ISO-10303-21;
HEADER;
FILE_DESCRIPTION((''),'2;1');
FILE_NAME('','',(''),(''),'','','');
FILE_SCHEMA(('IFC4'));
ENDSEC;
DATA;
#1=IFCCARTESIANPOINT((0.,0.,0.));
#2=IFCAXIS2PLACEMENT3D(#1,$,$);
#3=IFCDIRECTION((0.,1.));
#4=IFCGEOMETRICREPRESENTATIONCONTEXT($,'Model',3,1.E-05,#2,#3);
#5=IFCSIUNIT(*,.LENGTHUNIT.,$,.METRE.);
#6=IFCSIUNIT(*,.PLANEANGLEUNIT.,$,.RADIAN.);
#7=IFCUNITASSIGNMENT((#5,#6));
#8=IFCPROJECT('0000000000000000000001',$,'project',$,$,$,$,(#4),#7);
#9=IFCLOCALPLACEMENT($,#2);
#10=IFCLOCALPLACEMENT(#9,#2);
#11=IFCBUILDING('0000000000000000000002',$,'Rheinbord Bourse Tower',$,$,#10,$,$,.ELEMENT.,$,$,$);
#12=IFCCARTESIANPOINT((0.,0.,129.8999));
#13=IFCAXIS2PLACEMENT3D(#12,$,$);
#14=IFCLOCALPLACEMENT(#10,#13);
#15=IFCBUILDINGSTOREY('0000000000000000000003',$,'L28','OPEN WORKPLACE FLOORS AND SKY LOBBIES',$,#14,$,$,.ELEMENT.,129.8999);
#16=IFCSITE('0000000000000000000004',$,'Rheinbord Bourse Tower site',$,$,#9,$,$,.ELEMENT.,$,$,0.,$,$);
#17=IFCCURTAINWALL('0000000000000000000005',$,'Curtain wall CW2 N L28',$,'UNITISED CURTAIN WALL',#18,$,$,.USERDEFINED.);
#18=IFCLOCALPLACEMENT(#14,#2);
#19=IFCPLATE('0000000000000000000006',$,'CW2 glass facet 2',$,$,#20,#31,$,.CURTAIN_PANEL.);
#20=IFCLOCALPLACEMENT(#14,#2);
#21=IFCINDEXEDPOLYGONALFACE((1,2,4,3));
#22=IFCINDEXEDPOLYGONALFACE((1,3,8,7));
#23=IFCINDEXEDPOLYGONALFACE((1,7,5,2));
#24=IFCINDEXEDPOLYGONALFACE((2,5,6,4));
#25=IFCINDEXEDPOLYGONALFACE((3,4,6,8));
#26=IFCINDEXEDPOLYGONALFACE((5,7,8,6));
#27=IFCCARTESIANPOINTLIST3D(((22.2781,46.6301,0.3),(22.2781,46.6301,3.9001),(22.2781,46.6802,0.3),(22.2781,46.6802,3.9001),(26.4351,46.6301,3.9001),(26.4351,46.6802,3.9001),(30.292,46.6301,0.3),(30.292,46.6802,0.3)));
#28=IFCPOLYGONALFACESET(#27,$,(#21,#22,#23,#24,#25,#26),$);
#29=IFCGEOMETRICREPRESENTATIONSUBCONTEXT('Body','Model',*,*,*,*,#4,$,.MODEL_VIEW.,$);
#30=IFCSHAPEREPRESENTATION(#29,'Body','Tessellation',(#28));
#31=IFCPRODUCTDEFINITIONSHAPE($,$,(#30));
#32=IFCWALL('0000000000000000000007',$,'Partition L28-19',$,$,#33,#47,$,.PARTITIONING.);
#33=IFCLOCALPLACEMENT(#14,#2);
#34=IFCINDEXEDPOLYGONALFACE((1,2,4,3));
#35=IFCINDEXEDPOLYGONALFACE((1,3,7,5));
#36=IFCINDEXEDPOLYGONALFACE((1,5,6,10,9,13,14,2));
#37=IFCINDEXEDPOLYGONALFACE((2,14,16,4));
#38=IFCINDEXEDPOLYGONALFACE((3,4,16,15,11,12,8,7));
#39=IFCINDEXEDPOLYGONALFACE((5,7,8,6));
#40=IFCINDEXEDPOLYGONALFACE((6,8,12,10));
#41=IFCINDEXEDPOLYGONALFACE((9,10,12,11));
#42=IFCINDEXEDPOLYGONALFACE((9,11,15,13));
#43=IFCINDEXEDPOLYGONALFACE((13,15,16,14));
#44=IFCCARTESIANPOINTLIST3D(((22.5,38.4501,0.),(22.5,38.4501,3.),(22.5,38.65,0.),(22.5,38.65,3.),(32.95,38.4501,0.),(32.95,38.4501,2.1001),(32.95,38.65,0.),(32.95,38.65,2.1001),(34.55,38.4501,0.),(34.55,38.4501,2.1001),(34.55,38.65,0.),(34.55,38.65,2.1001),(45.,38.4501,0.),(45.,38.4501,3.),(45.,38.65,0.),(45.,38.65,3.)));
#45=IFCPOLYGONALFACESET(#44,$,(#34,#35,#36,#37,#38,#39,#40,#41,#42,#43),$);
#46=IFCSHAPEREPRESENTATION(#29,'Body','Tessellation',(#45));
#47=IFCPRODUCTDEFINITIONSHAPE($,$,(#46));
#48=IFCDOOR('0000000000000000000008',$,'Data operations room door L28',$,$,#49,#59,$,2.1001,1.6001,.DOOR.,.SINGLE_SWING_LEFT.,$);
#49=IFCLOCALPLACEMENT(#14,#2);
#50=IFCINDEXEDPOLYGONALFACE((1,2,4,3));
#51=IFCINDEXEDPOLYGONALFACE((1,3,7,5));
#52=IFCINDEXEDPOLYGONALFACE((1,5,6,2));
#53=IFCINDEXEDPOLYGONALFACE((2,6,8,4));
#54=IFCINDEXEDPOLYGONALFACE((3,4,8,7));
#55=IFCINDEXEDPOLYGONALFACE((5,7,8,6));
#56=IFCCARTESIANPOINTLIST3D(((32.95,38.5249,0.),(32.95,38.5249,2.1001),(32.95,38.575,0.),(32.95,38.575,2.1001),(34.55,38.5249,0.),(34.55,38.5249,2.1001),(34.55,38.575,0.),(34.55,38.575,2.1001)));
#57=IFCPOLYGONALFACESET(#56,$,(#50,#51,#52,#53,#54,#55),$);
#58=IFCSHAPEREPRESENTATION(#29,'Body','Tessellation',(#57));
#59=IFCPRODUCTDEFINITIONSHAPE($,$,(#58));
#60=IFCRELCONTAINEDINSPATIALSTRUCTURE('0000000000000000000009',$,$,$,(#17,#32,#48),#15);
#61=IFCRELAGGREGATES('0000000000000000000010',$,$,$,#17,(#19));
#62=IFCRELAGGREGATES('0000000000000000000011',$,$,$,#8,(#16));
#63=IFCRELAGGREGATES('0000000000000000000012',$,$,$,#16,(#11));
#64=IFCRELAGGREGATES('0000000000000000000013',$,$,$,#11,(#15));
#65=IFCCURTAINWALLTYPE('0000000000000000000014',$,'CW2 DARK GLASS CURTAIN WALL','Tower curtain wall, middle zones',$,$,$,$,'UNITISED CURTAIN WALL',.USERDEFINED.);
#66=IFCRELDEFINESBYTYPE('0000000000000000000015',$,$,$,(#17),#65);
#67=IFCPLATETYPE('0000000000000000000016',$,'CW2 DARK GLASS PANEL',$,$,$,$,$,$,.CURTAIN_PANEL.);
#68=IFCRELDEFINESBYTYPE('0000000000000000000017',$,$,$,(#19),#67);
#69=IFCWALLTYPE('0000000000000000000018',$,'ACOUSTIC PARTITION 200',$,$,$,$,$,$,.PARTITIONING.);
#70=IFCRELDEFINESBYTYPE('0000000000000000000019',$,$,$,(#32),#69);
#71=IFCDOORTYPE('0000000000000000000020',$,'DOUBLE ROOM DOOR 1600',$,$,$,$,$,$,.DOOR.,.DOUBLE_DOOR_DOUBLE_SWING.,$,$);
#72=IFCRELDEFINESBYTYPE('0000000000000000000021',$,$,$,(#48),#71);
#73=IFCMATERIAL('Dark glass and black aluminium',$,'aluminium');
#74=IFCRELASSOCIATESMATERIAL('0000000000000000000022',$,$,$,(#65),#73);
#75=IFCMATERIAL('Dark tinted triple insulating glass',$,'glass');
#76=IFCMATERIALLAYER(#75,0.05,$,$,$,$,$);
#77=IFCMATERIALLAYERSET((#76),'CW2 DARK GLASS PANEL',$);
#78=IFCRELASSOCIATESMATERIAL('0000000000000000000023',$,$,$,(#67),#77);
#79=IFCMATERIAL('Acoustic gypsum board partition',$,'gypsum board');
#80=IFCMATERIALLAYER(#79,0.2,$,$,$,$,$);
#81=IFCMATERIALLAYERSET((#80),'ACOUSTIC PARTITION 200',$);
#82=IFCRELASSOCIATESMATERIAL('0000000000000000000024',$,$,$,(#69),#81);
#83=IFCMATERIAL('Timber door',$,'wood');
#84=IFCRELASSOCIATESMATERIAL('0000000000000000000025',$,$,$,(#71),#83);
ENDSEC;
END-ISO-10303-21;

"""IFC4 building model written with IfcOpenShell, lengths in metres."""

from ifc_helpers import new_model, si_unit, direction, frame, frame_2d, origin, place, context, subcontext, project, spatial, polyline, rectangle, outline, extrude, material, layer, layer_set, type_object, element, fill, aggregate, save


model = new_model("IFC4")

# Units and contexts
model_context = context("Model", 3, precision=1e-05, world=origin(), true_north=direction((0.0, 1.0)))
body_context = subcontext(model_context, "Body", "Model", "MODEL_VIEW")
ifc_project = project(units=[si_unit("LENGTHUNIT", "METRE"), si_unit("PLANEANGLEUNIT", "RADIAN")], contexts=[model_context])

# Site, building, storey
site_placement = place(None, origin())
site = spatial("IfcSite", under=ifc_project, at=site_placement, Name="Rheinbord Bourse Tower site", CompositionType="ELEMENT", RefElevation=0.0)
building_placement = place(site_placement, origin())
building = spatial("IfcBuilding", under=site, at=building_placement, Name="Rheinbord Bourse Tower", CompositionType="ELEMENT")
storey_placement = place(building_placement, frame((0.0, 0.0, 129.8999)))
storey = spatial("IfcBuildingStorey", under=building, at=storey_placement, Name="L28", Description="OPEN WORKPLACE FLOORS AND SKY LOBBIES", CompositionType="ELEMENT", Elevation=129.8999)

# Curtain wall
ifc_material_1 = material(Name="Dark glass and black aluminium", Category="aluminium")
curtain_wall_type = type_object("IfcCurtainWallType", Name="CW2 DARK GLASS CURTAIN WALL", Description="Tower curtain wall, middle zones", ElementType="UNITISED CURTAIN WALL", PredefinedType="USERDEFINED", material=ifc_material_1)
curtain_wall_placement = place(storey_placement, origin())
curtain_wall = element("IfcCurtainWall", 1, at=curtain_wall_placement, inside=storey, type_object=curtain_wall_type, Name="Curtain wall CW2 N L28", ObjectType="UNITISED CURTAIN WALL", PredefinedType="USERDEFINED")

# Plate
ifc_material_2 = material(Name="Dark tinted triple insulating glass", Category="glass")
ifc_layer_1 = layer(ifc_material_2, 0.05)
ifc_layer_set_1 = layer_set([ifc_layer_1], Name="CW2 DARK GLASS PANEL")
plate_type = type_object("IfcPlateType", Name="CW2 DARK GLASS PANEL", PredefinedType="CURTAIN_PANEL", material=ifc_layer_set_1)
plate_1_placement = place(storey_placement, frame((22.2781, 46.6802, 3.9001), z_axis=(0.0, -1.0, 0.0), x_axis=(0.0, 0.0, -1.0)))
plate_1 = element("IfcPlate", 2, at=plate_1_placement, type_object=plate_type, Name="CW2 glass facet 2", PredefinedType="CURTAIN_PANEL", context=body_context, shape_type="SweptSolid", body=[
    extrude(outline(polyline([(0.0, 0.0), (3.6001, 0.0), (3.6001, 8.0139), (0.0, 4.157), (0.0, 0.0)])), origin(), (0.0, 0.0, 1.0), 0.05),
])
aggregate(curtain_wall, [plate_1])

# Wall, opening, door
ifc_material_3 = material(Name="Acoustic gypsum board partition", Category="gypsum board")
ifc_layer_2 = layer(ifc_material_3, 0.2)
ifc_layer_set_2 = layer_set([ifc_layer_2], Name="ACOUSTIC PARTITION 200")
wall_type = type_object("IfcWallType", Name="ACOUSTIC PARTITION 200", PredefinedType="PARTITIONING", material=ifc_layer_set_2)
wall_placement = place(storey_placement, frame((22.5, 38.55, 0.0), z_axis=(0.0, 0.0, 1.0), x_axis=(1.0, 0.0, 0.0)))
wall = element("IfcWall", 3, at=wall_placement, inside=storey, type_object=wall_type, Name="Partition L28-19", PredefinedType="PARTITIONING", context=body_context, shape_type="SweptSolid", body=[
    extrude(rectangle(XDim=22.5, YDim=0.2, at=frame_2d((11.25, 0.0))), origin(), (0.0, 0.0, 1.0), 3.0),
])
opening_placement = place(wall_placement, frame((10.45, 0.0, 0.0)))
opening = element("IfcOpeningElement", 4, at=opening_placement, cuts=wall, PredefinedType="OPENING", context=body_context, shape_type="SweptSolid", body=[
    extrude(rectangle(XDim=1.6001, YDim=2.1001, at=frame_2d((0.8, 1.05))), frame((0.0, 0.1099, 0.0), z_axis=(0.0, -1.0, 0.0), x_axis=(1.0, 0.0, 0.0)), (0.0, 0.0, 1.0), 0.22),
])
ifc_material_4 = material(Name="Timber door", Category="wood")
door_type = type_object("IfcDoorType", Name="DOUBLE ROOM DOOR 1600", OperationType="DOUBLE_DOOR_DOUBLE_SWING", PredefinedType="DOOR", material=ifc_material_4)
door_placement = place(opening_placement, origin())
door = element("IfcDoor", 5, at=door_placement, inside=storey, type_object=door_type, Name="Data operations room door L28", OperationType="SINGLE_SWING_LEFT", OverallHeight=2.1001, OverallWidth=1.6001, PredefinedType="DOOR", context=body_context, shape_type="SweptSolid", body=[
    extrude(rectangle(XDim=1.6001, YDim=2.1001, at=frame_2d((0.8, 1.05))), frame((0.0, 0.0249, 0.0), z_axis=(0.0, -1.0, 0.0), x_axis=(1.0, 0.0, 0.0)), (0.0, 0.0, 1.0), 0.05),
])
fill(opening, door)

save(model, "model.ifc")
